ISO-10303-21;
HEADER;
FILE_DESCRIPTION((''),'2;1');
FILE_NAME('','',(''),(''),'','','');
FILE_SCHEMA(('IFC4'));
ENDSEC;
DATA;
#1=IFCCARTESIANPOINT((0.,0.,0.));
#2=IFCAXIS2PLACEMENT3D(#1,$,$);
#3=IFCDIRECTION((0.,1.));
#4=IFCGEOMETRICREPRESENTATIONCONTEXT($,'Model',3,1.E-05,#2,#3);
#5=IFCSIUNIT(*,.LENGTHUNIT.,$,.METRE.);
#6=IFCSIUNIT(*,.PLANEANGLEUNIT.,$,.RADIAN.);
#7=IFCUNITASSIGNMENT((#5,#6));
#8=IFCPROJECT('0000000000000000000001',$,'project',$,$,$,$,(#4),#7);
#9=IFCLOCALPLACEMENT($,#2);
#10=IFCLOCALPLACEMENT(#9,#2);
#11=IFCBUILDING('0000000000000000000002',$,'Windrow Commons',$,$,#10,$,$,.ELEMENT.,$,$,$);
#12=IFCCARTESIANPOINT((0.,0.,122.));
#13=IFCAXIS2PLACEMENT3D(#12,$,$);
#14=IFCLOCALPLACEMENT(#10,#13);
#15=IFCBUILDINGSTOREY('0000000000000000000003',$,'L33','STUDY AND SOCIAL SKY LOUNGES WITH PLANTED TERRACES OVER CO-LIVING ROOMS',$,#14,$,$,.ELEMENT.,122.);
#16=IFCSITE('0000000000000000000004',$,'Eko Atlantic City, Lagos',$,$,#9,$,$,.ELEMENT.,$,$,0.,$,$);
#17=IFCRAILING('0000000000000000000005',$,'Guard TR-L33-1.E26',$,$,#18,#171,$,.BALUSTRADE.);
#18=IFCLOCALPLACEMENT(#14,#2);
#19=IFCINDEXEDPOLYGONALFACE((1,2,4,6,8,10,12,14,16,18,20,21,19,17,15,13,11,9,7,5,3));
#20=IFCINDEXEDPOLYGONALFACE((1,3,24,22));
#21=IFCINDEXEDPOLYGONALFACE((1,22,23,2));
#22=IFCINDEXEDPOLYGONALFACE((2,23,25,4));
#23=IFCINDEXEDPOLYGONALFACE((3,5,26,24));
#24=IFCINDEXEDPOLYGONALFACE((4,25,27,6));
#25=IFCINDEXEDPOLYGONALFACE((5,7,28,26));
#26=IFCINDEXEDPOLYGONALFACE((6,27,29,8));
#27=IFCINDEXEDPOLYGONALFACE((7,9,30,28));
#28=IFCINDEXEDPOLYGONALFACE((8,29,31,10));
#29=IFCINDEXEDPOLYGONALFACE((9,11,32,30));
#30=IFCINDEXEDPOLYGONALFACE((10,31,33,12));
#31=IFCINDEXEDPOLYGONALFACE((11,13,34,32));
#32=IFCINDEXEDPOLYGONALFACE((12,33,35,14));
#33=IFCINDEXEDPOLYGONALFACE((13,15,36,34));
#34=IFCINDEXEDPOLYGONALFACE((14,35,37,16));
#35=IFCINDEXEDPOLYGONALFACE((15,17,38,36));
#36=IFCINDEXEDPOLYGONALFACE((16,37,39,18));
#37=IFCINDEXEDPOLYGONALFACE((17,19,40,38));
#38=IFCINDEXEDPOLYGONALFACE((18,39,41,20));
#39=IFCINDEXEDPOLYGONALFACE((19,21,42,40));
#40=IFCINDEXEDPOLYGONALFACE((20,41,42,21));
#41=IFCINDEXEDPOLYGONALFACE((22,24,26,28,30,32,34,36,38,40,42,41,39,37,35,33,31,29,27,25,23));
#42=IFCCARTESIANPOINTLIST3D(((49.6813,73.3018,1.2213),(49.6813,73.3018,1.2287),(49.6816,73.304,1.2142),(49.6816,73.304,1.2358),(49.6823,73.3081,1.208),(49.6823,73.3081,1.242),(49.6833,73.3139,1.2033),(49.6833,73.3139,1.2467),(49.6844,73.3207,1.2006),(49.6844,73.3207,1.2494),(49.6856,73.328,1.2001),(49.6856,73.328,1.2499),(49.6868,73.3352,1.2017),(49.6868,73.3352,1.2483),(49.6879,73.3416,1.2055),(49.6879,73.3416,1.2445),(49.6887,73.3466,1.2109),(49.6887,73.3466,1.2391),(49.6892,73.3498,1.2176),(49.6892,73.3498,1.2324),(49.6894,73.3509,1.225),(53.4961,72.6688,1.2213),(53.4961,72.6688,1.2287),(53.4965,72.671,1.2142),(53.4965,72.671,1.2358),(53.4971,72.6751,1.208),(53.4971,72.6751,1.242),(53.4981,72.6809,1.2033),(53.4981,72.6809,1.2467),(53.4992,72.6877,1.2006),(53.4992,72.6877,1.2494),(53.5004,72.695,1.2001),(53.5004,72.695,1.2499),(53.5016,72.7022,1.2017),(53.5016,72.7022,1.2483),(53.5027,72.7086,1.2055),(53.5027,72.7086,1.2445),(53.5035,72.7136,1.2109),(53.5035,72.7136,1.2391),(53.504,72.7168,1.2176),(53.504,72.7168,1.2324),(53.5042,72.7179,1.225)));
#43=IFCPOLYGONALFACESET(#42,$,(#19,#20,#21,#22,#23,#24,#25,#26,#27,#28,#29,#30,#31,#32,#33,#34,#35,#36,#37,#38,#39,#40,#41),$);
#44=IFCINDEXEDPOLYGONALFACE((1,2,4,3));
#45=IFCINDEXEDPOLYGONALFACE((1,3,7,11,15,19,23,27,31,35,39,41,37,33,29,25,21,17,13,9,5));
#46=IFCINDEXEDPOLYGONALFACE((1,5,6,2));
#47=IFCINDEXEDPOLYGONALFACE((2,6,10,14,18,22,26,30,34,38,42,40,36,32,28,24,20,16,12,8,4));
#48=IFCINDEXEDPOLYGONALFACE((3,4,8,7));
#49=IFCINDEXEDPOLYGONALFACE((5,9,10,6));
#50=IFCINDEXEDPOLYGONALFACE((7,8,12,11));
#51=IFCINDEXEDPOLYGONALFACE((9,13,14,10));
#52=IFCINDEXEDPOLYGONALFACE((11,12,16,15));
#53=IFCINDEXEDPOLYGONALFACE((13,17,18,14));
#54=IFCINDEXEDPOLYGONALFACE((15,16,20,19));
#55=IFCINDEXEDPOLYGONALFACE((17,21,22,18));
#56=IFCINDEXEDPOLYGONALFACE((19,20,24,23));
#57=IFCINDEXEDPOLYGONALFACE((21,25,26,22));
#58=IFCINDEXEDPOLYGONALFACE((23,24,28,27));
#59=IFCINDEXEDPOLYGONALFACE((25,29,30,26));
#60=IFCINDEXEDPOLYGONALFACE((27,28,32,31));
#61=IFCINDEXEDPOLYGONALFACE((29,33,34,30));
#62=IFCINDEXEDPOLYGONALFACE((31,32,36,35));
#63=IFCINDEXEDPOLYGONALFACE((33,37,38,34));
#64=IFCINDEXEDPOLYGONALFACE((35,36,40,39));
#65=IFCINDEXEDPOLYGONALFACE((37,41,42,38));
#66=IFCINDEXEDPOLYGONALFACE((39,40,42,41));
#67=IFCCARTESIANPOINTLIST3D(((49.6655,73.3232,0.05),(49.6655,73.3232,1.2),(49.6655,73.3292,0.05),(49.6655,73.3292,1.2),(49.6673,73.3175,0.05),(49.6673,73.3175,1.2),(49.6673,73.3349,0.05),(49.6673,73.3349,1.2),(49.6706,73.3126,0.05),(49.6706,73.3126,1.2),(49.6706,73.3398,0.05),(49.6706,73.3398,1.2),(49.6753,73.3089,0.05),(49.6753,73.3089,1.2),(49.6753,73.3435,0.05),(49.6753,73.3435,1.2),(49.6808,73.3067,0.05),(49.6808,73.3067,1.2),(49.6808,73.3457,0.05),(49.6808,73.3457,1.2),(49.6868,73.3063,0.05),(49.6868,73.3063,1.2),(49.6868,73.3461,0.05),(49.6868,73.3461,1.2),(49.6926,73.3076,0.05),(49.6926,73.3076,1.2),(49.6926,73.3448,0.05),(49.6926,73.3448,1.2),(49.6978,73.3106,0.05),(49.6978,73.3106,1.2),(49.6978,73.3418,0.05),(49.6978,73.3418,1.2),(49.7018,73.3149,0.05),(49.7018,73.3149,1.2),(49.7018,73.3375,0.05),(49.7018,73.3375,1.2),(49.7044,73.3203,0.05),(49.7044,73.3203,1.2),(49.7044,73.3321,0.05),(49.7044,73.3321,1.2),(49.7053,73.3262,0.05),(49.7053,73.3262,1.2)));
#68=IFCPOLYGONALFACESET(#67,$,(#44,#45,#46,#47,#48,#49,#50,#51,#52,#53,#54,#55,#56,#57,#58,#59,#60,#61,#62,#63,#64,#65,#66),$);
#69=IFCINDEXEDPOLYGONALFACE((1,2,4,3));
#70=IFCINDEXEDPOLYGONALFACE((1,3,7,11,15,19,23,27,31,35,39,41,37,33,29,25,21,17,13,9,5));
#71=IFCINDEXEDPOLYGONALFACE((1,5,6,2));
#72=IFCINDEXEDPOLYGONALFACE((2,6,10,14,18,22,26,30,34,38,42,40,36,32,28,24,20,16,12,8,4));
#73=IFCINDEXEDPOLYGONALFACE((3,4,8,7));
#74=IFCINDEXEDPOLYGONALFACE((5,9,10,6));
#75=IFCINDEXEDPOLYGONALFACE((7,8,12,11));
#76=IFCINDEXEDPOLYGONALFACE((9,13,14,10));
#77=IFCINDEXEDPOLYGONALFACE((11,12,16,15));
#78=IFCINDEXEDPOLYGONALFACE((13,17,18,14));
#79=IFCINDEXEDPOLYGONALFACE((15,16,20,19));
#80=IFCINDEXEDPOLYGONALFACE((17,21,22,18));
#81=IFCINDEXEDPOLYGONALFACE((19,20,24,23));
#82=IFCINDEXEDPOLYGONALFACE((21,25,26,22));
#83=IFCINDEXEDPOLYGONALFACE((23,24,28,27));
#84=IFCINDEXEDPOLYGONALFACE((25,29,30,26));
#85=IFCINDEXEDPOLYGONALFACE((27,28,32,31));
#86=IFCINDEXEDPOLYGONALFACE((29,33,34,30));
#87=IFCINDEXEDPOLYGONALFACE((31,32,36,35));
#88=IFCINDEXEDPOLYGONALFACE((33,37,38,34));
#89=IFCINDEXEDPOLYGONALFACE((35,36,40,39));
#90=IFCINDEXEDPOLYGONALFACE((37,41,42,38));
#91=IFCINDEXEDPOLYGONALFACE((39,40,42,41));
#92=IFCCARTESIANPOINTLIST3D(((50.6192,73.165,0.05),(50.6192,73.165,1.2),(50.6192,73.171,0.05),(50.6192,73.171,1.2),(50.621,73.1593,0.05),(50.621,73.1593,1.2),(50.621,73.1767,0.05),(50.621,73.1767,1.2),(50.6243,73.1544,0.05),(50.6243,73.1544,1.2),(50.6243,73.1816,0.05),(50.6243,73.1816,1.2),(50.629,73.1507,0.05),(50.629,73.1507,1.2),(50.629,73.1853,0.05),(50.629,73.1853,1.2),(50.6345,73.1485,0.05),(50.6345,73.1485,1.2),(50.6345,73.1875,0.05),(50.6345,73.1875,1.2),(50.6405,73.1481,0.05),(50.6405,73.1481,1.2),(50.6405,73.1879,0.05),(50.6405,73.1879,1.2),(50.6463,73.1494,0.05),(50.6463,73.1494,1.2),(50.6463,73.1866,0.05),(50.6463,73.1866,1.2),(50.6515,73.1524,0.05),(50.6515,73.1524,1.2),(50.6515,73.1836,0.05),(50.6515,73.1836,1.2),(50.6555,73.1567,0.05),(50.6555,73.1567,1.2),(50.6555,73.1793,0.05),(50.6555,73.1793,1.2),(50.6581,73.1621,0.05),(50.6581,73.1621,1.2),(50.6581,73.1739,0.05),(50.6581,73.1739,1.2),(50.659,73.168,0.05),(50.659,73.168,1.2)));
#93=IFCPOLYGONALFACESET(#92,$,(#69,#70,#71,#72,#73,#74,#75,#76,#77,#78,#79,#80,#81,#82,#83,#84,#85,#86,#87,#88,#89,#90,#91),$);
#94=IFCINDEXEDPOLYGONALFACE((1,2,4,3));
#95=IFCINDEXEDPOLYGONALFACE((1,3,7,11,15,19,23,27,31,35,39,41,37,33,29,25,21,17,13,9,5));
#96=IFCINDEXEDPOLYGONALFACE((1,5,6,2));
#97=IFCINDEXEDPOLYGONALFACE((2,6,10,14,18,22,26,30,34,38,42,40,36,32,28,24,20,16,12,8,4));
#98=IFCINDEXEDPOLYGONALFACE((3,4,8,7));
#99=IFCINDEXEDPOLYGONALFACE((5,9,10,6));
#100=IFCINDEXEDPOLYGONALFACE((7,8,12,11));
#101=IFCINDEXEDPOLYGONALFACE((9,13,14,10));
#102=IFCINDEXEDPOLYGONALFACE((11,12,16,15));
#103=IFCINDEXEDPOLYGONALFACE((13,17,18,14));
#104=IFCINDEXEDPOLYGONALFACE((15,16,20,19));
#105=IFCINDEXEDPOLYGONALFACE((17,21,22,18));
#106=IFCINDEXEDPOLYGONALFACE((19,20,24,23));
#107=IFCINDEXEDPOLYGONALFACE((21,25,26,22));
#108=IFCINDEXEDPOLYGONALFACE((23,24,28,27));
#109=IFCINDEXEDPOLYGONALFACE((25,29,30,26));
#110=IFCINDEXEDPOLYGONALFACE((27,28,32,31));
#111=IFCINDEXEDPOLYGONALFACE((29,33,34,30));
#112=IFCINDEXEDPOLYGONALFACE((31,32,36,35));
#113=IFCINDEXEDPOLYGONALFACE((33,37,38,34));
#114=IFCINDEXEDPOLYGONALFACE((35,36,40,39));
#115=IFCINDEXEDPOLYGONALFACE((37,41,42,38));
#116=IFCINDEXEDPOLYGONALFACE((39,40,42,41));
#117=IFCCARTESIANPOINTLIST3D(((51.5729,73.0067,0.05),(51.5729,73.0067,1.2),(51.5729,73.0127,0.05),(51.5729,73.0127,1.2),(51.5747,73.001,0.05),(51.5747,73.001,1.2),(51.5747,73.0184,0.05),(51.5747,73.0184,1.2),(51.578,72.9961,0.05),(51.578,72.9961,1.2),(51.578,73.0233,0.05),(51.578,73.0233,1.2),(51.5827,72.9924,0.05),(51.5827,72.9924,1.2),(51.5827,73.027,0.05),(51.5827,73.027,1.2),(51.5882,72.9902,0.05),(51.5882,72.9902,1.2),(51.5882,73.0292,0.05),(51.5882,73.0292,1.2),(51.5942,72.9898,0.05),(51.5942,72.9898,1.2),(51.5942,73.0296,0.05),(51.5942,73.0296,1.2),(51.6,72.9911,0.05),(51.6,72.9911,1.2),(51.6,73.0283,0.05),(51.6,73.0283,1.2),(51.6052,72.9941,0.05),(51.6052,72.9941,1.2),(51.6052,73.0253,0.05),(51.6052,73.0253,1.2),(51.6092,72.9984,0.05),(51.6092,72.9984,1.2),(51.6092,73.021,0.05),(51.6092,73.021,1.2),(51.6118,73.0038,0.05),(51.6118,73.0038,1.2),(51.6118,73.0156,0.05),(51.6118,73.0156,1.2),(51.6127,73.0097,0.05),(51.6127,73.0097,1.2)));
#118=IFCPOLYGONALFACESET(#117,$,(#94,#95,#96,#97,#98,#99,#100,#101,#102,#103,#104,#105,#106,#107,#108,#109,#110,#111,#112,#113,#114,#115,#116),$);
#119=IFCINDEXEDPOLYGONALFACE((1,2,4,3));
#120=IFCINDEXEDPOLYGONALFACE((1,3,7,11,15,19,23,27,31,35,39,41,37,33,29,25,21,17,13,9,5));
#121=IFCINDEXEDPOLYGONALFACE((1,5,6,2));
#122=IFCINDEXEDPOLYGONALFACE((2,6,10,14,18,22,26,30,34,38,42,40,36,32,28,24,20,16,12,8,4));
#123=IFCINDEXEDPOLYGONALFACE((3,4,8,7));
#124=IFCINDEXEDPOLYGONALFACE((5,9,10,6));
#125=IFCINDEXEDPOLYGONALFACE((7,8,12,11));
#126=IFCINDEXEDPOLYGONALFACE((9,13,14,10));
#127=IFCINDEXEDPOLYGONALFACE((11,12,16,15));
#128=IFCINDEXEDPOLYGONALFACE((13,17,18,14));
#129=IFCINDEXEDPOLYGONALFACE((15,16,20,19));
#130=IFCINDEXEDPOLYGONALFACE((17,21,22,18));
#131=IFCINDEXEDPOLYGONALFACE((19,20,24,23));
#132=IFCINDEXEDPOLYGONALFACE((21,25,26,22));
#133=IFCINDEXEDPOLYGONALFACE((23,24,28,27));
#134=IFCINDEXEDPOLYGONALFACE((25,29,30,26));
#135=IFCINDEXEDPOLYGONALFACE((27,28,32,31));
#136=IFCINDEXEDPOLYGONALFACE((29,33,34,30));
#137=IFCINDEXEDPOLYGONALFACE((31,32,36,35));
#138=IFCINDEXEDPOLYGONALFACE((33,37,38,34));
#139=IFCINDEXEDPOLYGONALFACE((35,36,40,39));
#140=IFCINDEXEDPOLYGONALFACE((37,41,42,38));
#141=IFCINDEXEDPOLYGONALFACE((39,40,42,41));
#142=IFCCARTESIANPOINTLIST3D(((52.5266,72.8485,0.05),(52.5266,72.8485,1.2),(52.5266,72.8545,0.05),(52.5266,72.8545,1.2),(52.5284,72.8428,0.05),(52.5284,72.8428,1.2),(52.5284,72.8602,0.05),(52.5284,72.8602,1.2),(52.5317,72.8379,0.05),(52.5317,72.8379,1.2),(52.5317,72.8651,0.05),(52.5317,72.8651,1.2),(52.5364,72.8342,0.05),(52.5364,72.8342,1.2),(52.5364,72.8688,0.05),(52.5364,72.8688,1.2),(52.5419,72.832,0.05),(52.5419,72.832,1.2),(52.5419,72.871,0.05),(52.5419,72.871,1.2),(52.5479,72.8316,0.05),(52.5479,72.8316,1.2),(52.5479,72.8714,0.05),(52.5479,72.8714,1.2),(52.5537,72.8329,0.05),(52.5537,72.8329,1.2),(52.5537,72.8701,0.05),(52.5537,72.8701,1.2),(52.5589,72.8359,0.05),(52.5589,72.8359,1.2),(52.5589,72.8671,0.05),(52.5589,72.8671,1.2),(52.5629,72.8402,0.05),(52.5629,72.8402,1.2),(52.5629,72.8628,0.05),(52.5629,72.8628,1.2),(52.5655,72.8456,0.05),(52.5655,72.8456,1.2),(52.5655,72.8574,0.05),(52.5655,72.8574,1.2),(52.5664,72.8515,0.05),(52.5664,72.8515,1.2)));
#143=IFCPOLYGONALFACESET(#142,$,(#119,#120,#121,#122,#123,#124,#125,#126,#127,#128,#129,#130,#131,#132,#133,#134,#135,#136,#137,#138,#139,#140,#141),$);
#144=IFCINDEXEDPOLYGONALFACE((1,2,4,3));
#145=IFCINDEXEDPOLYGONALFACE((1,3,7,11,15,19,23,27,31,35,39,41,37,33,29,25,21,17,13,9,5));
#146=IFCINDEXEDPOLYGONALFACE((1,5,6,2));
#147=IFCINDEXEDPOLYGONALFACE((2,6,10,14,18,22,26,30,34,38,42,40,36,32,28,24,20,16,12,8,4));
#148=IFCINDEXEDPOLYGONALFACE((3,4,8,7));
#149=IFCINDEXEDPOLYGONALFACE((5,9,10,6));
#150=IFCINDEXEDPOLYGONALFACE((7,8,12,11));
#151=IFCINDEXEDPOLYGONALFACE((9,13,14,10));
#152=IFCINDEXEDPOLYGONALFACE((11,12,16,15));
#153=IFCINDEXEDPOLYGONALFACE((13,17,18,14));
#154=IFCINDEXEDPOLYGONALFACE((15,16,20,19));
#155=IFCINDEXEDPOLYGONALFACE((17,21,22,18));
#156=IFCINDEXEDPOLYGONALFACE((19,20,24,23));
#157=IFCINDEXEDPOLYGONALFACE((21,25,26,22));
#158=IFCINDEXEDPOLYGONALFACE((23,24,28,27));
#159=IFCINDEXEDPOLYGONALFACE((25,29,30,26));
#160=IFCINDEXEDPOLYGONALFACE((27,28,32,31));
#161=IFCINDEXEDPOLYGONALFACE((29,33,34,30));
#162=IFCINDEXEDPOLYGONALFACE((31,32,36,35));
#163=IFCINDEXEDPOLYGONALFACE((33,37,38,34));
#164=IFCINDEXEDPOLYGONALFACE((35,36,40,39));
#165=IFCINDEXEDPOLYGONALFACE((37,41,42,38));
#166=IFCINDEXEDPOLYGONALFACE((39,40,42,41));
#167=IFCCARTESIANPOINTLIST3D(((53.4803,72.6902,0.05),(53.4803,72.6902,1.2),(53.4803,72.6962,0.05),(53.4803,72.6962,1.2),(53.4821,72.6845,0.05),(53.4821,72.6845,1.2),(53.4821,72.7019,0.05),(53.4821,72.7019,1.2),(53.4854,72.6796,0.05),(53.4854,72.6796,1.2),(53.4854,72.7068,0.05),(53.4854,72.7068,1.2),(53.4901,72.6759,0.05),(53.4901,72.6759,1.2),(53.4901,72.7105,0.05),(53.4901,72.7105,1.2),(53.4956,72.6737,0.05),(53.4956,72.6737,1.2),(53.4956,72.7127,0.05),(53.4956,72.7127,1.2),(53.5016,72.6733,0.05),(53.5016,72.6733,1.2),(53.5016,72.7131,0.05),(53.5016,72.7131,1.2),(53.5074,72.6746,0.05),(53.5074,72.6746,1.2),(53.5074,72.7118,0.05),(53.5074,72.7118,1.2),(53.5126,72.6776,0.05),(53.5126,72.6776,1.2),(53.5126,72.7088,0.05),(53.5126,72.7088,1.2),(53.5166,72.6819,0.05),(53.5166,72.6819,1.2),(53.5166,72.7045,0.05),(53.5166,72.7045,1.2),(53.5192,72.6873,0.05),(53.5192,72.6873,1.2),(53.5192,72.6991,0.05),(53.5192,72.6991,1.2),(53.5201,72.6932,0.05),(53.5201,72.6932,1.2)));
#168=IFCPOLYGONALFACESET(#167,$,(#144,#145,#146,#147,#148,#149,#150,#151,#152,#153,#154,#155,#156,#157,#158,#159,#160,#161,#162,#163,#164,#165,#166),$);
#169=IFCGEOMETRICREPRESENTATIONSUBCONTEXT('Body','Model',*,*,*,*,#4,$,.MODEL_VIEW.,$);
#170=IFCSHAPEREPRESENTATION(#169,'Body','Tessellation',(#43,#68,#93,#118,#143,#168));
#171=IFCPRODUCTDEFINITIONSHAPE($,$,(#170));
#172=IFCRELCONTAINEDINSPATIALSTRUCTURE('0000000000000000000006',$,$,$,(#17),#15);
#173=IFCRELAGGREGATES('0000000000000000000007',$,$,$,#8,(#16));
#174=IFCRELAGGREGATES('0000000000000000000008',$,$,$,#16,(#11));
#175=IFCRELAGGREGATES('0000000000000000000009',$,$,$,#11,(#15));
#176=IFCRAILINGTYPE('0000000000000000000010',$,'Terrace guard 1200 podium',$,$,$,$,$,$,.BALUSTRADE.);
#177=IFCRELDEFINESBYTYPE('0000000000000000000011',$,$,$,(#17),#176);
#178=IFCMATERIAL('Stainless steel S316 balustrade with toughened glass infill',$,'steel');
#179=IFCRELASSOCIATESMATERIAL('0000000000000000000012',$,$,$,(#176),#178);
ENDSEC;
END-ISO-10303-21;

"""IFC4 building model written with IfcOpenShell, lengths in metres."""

from ifc_helpers import new_model, si_unit, direction, frame, origin, origin_2d, place, context, subcontext, project, spatial, circle, extrude, material, type_object, element, save


model = new_model("IFC4")

# Units and contexts
model_context = context("Model", 3, precision=1e-05, world=origin(), true_north=direction((0.0, 1.0)))
body_context = subcontext(model_context, "Body", "Model", "MODEL_VIEW")
ifc_project = project(units=[si_unit("LENGTHUNIT", "METRE"), si_unit("PLANEANGLEUNIT", "RADIAN")], contexts=[model_context])

# Site, building, storey
site_placement = place(None, origin())
site = spatial("IfcSite", under=ifc_project, at=site_placement, Name="Eko Atlantic City, Lagos", CompositionType="ELEMENT", RefElevation=0.0)
building_placement = place(site_placement, origin())
building = spatial("IfcBuilding", under=site, at=building_placement, Name="Windrow Commons", CompositionType="ELEMENT")
storey_placement = place(building_placement, frame((0.0, 0.0, 122.0)))
storey = spatial("IfcBuildingStorey", under=building, at=storey_placement, Name="L33", Description="STUDY AND SOCIAL SKY LOUNGES WITH PLANTED TERRACES OVER CO-LIVING ROOMS", CompositionType="ELEMENT", Elevation=122.0)

# Railing
ifc_material_1 = material(Name="Stainless steel S316 balustrade with toughened glass infill", Category="steel")
railing_type = type_object("IfcRailingType", Name="Terrace guard 1200 podium", PredefinedType="BALUSTRADE", material=ifc_material_1)
railing_1_placement = place(storey_placement, frame((49.6853, 73.3262, 0.05)))
element("IfcRailing", 1, at=railing_1_placement, inside=storey, type_object=railing_type, Name="Guard TR-L33-1.E26", PredefinedType="BALUSTRADE", context=body_context, shape_type="SweptSolid", body=[
    extrude(circle(Radius=0.025, at=origin_2d()), frame((0.0, 0.0, 1.175), z_axis=(0.986511, -0.163694, 0.0), x_axis=(0.163694, 0.986511, 0.0)), (0.0, 0.0, 1.0), 3.867),
    extrude(circle(Radius=0.02, at=origin_2d()), origin(), (0.0, 0.0, 1.0), 1.15),
    extrude(circle(Radius=0.02, at=origin_2d()), frame((0.9537, -0.1582, 0.0)), (0.0, 0.0, 1.0), 1.15),
    extrude(circle(Radius=0.02, at=origin_2d()), frame((1.9074, -0.3165, 0.0)), (0.0, 0.0, 1.0), 1.15),
    extrude(circle(Radius=0.02, at=origin_2d()), frame((2.8611, -0.4747, 0.0)), (0.0, 0.0, 1.0), 1.15),
    extrude(circle(Radius=0.02, at=origin_2d()), frame((3.8148, -0.633, 0.0)), (0.0, 0.0, 1.0), 1.15),
])

save(model, "model.ifc")
